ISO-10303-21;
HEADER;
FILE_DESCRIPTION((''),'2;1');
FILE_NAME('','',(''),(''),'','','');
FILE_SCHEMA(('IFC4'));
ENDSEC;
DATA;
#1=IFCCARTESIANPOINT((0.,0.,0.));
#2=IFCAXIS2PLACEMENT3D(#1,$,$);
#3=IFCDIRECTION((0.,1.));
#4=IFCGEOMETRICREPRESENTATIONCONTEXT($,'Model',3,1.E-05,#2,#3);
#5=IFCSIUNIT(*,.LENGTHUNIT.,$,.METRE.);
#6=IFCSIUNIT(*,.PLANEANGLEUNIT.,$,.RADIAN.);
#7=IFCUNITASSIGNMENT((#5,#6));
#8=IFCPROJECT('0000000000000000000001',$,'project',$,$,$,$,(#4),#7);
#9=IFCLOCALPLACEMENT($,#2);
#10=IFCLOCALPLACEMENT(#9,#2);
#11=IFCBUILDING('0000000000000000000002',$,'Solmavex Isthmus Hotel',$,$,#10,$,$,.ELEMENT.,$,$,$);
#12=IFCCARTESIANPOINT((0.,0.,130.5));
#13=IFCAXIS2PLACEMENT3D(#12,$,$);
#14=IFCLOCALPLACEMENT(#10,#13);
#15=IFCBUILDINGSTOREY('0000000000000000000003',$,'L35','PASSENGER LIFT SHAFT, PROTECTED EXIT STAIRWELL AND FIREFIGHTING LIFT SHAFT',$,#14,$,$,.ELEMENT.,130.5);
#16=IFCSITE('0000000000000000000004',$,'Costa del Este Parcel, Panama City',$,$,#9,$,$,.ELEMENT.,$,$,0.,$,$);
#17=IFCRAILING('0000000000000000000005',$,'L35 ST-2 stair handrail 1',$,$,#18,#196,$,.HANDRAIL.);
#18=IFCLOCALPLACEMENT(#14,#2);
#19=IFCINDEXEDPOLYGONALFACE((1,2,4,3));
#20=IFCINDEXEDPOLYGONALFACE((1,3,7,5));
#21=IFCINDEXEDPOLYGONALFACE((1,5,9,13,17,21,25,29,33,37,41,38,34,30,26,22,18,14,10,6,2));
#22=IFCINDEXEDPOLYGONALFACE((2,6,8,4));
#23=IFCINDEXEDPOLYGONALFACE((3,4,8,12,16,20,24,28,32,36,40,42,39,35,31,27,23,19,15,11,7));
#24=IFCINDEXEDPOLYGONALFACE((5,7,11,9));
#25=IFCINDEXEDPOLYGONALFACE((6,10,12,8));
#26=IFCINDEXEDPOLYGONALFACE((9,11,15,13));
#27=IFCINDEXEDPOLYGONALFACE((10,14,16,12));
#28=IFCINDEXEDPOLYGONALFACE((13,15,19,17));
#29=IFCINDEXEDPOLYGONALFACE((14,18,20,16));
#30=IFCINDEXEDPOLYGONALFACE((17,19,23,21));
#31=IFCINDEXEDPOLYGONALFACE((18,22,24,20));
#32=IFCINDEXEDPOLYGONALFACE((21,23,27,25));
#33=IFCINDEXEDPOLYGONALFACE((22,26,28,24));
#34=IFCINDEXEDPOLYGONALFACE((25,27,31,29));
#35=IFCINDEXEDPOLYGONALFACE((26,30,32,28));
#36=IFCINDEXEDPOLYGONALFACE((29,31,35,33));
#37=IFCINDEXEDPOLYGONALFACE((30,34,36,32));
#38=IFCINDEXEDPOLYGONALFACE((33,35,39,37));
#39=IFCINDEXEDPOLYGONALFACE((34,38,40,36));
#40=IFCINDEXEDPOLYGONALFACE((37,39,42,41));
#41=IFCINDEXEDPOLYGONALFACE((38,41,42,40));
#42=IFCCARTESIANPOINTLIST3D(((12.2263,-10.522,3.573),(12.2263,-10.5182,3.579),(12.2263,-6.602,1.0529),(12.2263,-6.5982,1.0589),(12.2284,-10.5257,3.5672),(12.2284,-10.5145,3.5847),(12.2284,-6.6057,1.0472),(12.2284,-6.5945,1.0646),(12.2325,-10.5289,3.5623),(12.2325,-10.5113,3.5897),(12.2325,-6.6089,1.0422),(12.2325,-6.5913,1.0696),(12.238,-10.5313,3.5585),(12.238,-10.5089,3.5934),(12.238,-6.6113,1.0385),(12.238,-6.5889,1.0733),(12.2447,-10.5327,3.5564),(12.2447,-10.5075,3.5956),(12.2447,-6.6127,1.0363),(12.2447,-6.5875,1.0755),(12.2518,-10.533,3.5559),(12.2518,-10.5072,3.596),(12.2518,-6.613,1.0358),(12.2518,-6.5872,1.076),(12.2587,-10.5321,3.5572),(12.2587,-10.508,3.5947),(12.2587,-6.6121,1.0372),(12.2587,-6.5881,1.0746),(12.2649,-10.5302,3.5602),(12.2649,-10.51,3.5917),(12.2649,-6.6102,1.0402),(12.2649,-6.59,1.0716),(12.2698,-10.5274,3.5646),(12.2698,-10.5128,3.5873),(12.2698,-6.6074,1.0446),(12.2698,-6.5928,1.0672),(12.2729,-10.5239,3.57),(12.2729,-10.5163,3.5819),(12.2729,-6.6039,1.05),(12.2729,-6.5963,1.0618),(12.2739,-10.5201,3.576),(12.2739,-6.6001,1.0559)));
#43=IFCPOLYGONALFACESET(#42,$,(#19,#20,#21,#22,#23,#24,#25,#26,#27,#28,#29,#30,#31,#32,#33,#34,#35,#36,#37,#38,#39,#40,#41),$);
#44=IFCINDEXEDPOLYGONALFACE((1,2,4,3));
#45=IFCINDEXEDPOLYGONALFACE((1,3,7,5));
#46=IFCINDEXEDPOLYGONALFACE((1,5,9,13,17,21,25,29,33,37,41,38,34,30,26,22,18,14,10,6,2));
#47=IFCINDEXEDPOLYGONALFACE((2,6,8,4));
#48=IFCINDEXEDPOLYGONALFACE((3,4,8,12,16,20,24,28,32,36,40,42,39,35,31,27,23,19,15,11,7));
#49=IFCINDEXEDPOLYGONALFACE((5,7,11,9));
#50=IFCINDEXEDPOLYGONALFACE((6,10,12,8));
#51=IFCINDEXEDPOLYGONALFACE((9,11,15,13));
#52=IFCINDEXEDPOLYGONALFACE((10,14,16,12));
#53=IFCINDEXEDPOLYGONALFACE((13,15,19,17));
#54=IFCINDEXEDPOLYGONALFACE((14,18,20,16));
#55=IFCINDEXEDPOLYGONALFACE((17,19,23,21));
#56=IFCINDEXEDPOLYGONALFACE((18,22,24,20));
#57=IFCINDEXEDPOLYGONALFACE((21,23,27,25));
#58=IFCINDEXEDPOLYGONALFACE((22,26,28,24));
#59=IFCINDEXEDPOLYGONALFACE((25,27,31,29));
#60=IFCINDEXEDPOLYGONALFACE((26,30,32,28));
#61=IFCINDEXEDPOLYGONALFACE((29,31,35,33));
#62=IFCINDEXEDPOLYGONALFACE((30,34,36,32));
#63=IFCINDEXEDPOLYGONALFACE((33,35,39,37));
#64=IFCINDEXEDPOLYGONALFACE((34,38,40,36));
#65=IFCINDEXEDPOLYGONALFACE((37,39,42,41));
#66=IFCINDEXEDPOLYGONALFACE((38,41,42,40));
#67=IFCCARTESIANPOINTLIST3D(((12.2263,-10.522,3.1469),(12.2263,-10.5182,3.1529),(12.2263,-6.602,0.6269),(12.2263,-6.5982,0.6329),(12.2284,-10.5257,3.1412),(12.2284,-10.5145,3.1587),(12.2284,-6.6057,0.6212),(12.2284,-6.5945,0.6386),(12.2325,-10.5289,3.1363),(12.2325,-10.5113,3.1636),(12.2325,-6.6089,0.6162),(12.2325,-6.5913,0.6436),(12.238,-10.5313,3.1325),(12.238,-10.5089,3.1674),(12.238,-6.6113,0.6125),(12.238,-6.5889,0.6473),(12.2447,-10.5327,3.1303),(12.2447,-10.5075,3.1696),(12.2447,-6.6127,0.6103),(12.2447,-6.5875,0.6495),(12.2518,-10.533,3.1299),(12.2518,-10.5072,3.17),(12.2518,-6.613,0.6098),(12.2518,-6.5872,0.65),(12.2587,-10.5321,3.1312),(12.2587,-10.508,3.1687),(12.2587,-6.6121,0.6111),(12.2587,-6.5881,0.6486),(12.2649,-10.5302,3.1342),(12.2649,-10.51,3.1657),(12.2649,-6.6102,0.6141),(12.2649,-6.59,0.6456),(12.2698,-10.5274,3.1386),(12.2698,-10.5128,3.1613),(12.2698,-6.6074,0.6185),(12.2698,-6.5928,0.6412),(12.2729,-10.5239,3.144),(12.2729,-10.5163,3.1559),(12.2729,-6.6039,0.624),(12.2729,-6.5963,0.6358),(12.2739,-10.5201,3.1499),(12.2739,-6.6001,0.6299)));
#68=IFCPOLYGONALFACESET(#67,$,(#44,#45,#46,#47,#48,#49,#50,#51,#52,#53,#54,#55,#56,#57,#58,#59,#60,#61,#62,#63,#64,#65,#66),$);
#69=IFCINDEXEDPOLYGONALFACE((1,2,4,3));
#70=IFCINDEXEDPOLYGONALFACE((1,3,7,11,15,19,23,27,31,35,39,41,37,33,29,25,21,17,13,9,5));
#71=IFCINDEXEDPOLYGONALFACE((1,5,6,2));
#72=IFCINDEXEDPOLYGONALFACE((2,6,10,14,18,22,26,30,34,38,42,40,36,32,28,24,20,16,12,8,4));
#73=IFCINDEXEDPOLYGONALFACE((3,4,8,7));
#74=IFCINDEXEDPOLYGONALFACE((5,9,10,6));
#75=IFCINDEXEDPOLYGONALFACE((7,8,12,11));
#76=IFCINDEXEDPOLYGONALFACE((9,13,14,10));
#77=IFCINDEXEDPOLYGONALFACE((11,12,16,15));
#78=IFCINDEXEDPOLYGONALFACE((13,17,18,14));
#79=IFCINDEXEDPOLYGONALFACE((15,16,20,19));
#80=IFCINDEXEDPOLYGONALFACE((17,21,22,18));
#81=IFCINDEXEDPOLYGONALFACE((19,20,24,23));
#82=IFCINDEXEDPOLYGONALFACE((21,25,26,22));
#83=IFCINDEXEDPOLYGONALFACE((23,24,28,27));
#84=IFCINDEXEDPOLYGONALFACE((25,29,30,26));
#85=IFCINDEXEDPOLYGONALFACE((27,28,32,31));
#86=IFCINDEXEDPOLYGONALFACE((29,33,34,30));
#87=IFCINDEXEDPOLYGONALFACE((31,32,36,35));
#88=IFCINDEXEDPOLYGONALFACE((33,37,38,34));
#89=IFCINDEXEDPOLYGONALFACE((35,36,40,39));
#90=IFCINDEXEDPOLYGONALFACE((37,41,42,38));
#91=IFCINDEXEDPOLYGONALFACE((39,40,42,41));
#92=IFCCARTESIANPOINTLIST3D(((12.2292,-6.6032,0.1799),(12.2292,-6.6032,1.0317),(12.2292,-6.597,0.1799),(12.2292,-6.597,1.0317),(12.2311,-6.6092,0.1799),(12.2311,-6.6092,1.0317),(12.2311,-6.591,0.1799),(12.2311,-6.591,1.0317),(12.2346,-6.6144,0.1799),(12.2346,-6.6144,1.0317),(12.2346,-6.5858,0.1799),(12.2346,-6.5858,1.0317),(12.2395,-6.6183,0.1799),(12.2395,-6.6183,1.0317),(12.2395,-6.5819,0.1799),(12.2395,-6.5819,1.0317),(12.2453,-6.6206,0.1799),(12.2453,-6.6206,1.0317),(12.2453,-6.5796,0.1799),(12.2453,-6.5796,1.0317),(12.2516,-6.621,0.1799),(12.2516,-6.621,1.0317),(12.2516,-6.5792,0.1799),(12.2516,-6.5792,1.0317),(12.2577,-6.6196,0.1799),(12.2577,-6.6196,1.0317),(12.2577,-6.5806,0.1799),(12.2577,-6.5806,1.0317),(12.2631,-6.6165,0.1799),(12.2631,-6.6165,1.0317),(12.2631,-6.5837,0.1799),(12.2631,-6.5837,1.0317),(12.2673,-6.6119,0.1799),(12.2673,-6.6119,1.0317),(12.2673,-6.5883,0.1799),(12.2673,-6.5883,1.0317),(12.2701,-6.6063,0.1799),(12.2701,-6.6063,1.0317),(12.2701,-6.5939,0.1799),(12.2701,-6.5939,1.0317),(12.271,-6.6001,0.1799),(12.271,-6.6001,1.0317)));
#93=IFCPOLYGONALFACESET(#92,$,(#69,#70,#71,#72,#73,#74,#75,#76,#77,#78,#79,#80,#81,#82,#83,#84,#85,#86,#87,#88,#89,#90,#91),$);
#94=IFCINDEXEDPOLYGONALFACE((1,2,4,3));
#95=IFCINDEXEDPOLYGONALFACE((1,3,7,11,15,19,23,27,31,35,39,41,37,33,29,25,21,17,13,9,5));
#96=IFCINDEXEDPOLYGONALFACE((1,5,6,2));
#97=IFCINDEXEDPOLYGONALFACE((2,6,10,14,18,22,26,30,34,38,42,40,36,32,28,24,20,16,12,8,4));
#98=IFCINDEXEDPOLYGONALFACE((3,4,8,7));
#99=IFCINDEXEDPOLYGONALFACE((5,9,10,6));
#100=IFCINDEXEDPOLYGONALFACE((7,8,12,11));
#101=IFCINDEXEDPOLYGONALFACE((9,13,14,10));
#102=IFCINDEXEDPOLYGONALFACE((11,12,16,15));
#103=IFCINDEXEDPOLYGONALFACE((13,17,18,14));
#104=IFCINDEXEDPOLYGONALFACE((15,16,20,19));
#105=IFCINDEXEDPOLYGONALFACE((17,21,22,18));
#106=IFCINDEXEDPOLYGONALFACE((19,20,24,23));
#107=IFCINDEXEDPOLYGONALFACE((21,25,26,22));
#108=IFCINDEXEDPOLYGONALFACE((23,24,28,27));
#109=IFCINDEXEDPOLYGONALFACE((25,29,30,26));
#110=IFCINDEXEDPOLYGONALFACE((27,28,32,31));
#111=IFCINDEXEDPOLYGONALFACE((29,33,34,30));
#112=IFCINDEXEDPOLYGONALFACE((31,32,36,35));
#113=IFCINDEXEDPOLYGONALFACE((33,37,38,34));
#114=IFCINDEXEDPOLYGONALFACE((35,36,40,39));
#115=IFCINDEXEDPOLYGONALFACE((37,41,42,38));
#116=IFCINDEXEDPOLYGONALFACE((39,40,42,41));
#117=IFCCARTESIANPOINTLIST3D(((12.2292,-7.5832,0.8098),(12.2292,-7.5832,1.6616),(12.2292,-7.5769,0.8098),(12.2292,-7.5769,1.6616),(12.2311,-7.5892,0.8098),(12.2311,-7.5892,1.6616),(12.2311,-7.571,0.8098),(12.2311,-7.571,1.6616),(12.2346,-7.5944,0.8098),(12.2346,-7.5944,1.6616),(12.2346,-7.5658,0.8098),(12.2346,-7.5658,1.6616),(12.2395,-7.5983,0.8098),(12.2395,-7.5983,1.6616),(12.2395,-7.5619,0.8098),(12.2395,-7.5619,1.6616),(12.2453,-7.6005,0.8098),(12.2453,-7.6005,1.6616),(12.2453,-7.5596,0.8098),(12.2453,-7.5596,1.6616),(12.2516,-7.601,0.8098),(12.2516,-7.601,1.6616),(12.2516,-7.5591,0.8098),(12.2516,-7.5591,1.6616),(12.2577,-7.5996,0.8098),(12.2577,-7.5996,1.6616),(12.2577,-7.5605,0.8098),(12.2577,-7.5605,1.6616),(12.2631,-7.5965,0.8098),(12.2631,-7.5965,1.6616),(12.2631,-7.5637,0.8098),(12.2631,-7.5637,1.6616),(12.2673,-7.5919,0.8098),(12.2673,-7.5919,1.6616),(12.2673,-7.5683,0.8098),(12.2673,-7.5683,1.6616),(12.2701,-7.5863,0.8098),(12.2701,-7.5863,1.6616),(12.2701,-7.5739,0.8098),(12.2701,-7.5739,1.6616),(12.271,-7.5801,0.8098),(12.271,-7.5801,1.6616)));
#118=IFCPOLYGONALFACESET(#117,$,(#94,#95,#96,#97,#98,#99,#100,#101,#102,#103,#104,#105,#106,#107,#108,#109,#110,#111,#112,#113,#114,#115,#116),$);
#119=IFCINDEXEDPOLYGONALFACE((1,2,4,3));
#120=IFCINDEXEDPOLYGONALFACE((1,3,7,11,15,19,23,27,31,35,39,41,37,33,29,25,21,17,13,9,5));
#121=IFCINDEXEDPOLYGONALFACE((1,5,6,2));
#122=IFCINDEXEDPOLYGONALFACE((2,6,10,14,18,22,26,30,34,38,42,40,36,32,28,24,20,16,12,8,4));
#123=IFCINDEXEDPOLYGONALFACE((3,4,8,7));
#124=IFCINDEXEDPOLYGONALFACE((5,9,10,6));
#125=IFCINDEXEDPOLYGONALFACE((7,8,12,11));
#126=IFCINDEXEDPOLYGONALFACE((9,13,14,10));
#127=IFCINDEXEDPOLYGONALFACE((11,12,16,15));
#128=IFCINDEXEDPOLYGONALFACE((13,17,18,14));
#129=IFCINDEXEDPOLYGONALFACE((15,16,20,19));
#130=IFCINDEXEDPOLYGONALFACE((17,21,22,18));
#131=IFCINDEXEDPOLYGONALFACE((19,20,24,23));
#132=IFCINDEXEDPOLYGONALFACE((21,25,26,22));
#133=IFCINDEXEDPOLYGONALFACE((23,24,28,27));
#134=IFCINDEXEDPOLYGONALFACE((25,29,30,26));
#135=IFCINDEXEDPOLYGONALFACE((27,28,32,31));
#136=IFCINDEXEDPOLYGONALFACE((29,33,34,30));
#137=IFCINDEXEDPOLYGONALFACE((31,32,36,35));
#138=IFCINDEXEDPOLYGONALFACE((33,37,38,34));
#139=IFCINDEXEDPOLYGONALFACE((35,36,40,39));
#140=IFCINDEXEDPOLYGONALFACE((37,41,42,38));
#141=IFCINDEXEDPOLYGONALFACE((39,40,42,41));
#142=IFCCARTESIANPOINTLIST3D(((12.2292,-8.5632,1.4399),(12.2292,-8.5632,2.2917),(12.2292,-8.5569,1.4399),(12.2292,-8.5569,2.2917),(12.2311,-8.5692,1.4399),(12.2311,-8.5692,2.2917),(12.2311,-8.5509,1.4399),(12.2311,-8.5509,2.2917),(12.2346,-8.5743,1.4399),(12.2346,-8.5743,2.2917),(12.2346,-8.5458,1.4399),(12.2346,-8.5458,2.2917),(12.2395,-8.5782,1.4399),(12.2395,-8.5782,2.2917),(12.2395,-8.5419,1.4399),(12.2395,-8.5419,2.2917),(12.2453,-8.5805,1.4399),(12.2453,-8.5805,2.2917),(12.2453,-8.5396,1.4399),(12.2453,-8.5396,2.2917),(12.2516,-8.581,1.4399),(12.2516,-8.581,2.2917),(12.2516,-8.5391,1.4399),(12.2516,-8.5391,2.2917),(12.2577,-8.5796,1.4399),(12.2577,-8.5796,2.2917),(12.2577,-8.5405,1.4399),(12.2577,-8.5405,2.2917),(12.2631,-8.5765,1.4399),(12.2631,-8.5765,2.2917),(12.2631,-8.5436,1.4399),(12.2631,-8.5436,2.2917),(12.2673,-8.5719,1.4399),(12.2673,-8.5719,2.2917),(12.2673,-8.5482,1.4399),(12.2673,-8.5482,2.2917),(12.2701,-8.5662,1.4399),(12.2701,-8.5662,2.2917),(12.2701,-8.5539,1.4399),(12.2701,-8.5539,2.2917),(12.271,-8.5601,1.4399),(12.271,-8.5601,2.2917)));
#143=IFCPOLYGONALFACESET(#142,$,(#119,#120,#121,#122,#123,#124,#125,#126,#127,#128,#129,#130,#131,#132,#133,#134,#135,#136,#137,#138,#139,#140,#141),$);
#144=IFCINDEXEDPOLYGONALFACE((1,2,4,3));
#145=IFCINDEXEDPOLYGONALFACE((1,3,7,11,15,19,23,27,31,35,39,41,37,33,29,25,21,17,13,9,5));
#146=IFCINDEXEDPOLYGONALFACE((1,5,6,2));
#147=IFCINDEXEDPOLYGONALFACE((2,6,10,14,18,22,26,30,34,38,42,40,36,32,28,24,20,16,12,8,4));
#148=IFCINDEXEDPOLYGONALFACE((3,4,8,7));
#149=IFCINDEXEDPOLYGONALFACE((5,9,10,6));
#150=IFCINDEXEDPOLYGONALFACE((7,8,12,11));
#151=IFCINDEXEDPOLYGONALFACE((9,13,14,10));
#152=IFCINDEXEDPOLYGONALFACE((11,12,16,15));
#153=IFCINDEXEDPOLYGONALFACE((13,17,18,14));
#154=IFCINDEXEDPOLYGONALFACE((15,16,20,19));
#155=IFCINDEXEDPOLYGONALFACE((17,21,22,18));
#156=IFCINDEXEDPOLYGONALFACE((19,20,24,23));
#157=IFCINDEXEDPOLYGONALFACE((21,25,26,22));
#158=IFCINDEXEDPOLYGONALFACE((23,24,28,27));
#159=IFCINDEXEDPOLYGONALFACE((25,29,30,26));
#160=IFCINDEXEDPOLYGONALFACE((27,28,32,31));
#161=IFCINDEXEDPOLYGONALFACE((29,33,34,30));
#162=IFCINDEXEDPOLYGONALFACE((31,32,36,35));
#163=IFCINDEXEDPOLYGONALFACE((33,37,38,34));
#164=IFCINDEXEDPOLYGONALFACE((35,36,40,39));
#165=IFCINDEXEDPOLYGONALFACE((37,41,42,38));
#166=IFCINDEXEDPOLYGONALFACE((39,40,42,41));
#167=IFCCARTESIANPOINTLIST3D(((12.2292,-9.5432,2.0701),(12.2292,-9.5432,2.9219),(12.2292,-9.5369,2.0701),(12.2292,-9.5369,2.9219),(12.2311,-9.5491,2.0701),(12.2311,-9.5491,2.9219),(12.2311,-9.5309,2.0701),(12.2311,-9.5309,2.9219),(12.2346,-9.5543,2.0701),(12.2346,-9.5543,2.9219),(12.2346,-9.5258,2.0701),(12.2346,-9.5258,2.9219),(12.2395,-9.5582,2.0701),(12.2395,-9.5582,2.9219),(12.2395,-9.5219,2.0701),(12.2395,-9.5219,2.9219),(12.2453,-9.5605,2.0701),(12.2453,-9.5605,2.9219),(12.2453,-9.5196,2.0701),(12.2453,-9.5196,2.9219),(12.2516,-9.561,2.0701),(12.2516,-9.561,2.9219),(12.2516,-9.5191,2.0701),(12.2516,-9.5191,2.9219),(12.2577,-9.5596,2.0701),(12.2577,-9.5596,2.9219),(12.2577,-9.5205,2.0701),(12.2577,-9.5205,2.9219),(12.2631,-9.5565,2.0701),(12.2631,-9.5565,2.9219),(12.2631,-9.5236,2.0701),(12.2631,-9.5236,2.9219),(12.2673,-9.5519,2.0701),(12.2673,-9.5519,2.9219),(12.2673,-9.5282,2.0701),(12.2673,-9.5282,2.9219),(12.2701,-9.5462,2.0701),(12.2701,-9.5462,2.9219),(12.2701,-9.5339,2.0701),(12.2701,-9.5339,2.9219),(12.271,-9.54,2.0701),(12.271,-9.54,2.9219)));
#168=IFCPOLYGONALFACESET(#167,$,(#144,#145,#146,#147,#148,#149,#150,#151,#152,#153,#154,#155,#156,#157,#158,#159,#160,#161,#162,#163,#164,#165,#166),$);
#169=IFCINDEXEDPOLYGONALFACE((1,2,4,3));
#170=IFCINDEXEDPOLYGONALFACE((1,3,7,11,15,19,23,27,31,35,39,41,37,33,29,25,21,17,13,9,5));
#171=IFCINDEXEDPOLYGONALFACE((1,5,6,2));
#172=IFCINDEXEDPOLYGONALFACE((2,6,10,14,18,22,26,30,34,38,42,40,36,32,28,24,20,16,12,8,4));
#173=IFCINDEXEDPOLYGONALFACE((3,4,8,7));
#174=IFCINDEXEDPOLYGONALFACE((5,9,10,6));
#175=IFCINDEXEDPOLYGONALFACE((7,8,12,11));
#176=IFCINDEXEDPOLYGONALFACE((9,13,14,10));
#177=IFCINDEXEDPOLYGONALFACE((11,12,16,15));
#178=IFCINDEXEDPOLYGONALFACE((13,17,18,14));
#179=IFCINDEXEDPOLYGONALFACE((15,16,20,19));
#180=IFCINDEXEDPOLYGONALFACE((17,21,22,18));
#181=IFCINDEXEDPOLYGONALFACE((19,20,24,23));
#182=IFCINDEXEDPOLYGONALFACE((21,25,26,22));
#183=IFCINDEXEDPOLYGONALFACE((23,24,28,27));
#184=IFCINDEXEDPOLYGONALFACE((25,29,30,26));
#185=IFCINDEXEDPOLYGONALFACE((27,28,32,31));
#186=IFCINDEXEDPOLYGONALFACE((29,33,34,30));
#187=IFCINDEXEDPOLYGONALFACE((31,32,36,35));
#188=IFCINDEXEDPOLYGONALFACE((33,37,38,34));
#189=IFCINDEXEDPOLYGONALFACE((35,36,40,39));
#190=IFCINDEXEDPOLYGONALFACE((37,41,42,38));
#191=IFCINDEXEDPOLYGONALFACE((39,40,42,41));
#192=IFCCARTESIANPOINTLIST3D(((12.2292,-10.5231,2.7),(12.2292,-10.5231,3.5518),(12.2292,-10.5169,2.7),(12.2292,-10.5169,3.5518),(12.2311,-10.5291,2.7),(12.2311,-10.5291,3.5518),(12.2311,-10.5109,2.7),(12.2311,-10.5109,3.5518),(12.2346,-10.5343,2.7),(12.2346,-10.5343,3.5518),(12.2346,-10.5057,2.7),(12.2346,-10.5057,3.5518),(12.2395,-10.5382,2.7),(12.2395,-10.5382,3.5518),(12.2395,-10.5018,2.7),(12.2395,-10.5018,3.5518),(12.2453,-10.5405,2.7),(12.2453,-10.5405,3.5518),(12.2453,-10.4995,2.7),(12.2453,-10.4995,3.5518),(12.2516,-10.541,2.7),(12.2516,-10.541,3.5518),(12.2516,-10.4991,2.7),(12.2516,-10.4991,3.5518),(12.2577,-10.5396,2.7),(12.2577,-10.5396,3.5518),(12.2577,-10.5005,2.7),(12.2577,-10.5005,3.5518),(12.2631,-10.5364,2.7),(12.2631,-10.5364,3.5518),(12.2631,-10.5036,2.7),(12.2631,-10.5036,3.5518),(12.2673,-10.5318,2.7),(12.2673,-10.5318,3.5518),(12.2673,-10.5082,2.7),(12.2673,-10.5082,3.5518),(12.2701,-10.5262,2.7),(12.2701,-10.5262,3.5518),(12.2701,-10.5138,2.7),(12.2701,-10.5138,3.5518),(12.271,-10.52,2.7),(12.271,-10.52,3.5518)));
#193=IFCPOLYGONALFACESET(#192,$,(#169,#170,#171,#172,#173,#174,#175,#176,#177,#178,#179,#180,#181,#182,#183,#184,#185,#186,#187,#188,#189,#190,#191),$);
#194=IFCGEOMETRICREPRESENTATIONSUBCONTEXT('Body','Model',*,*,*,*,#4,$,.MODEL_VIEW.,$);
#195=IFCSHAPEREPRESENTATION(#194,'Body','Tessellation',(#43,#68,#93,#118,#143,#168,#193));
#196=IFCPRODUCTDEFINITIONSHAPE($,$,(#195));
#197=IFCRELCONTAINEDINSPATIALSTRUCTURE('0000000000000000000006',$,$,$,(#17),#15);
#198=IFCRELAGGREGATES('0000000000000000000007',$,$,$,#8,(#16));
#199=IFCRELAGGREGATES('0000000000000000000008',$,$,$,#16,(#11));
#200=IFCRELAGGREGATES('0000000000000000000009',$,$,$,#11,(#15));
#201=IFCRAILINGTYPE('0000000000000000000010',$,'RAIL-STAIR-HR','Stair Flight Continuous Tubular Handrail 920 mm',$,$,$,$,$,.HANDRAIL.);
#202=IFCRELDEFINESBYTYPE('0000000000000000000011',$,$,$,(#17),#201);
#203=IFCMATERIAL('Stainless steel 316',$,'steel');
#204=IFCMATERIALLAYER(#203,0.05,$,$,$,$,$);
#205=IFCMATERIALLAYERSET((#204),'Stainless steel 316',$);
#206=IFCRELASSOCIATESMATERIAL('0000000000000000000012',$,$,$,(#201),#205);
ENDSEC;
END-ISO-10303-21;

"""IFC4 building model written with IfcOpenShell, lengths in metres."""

from ifc_helpers import new_model, si_unit, direction, frame, origin, origin_2d, place, context, subcontext, project, spatial, circle, extrude, material, layer, layer_set, type_object, element, save


model = new_model("IFC4")

# Units and contexts
model_context = context("Model", 3, precision=1e-05, world=origin(), true_north=direction((0.0, 1.0)))
body_context = subcontext(model_context, "Body", "Model", "MODEL_VIEW")
ifc_project = project(units=[si_unit("LENGTHUNIT", "METRE"), si_unit("PLANEANGLEUNIT", "RADIAN")], contexts=[model_context])

# Site, building, storey
site_placement = place(None, origin())
site = spatial("IfcSite", under=ifc_project, at=site_placement, Name="Costa del Este Parcel, Panama City", CompositionType="ELEMENT", RefElevation=0.0)
building_placement = place(site_placement, origin())
building = spatial("IfcBuilding", under=site, at=building_placement, Name="Solmavex Isthmus Hotel", CompositionType="ELEMENT")
storey_placement = place(building_placement, frame((0.0, 0.0, 130.5)))
storey = spatial("IfcBuildingStorey", under=building, at=storey_placement, Name="L35", Description="PASSENGER LIFT SHAFT, PROTECTED EXIT STAIRWELL AND FIREFIGHTING LIFT SHAFT", CompositionType="ELEMENT", Elevation=130.5)

# Railing
ifc_material_1 = material(Name="Stainless steel 316", Category="steel")
ifc_layer_1 = layer(ifc_material_1, 0.05)
ifc_layer_set_1 = layer_set([ifc_layer_1], Name="Stainless steel 316")
railing_type_1 = type_object("IfcRailingType", Name="RAIL-STAIR-HR", Description="Stair Flight Continuous Tubular Handrail 920 mm", PredefinedType="HANDRAIL", material=ifc_layer_set_1)
railing_1_placement = place(storey_placement, frame((12.25, -6.6001, 0.1799)))
element("IfcRailing", 1, at=railing_1_placement, inside=storey, type_object=railing_type_1, Name="L35 ST-2 stair handrail 1", PredefinedType="HANDRAIL", context=body_context, shape_type="SweptSolid", body=[
    extrude(circle(Radius=0.0239, at=origin_2d()), frame((0.0, 0.0, 0.876), z_axis=(0.0, -0.841172, 0.540768), x_axis=(1.0, 0.0, 0.0)), (0.0, 0.0, 1.0), 4.6602),
    extrude(circle(Radius=0.0239, at=origin_2d()), frame((0.0, 0.0, 0.45), z_axis=(0.0, -0.841172, 0.540768), x_axis=(1.0, 0.0, 0.0)), (0.0, 0.0, 1.0), 4.6602),
    extrude(circle(Radius=0.021, at=origin_2d()), origin(), (0.0, 0.0, 1.0), 0.8518),
    extrude(circle(Radius=0.021, at=origin_2d()), frame((0.0, -0.98, 0.6299)), (0.0, 0.0, 1.0), 0.8518),
    extrude(circle(Radius=0.021, at=origin_2d()), frame((0.0, -1.96, 1.26)), (0.0, 0.0, 1.0), 0.8518),
    extrude(circle(Radius=0.021, at=origin_2d()), frame((0.0, -2.9399, 1.8901)), (0.0, 0.0, 1.0), 0.8518),
    extrude(circle(Radius=0.021, at=origin_2d()), frame((0.0, -3.9199, 2.52)), (0.0, 0.0, 1.0), 0.8518),
])

save(model, "model.ifc")
